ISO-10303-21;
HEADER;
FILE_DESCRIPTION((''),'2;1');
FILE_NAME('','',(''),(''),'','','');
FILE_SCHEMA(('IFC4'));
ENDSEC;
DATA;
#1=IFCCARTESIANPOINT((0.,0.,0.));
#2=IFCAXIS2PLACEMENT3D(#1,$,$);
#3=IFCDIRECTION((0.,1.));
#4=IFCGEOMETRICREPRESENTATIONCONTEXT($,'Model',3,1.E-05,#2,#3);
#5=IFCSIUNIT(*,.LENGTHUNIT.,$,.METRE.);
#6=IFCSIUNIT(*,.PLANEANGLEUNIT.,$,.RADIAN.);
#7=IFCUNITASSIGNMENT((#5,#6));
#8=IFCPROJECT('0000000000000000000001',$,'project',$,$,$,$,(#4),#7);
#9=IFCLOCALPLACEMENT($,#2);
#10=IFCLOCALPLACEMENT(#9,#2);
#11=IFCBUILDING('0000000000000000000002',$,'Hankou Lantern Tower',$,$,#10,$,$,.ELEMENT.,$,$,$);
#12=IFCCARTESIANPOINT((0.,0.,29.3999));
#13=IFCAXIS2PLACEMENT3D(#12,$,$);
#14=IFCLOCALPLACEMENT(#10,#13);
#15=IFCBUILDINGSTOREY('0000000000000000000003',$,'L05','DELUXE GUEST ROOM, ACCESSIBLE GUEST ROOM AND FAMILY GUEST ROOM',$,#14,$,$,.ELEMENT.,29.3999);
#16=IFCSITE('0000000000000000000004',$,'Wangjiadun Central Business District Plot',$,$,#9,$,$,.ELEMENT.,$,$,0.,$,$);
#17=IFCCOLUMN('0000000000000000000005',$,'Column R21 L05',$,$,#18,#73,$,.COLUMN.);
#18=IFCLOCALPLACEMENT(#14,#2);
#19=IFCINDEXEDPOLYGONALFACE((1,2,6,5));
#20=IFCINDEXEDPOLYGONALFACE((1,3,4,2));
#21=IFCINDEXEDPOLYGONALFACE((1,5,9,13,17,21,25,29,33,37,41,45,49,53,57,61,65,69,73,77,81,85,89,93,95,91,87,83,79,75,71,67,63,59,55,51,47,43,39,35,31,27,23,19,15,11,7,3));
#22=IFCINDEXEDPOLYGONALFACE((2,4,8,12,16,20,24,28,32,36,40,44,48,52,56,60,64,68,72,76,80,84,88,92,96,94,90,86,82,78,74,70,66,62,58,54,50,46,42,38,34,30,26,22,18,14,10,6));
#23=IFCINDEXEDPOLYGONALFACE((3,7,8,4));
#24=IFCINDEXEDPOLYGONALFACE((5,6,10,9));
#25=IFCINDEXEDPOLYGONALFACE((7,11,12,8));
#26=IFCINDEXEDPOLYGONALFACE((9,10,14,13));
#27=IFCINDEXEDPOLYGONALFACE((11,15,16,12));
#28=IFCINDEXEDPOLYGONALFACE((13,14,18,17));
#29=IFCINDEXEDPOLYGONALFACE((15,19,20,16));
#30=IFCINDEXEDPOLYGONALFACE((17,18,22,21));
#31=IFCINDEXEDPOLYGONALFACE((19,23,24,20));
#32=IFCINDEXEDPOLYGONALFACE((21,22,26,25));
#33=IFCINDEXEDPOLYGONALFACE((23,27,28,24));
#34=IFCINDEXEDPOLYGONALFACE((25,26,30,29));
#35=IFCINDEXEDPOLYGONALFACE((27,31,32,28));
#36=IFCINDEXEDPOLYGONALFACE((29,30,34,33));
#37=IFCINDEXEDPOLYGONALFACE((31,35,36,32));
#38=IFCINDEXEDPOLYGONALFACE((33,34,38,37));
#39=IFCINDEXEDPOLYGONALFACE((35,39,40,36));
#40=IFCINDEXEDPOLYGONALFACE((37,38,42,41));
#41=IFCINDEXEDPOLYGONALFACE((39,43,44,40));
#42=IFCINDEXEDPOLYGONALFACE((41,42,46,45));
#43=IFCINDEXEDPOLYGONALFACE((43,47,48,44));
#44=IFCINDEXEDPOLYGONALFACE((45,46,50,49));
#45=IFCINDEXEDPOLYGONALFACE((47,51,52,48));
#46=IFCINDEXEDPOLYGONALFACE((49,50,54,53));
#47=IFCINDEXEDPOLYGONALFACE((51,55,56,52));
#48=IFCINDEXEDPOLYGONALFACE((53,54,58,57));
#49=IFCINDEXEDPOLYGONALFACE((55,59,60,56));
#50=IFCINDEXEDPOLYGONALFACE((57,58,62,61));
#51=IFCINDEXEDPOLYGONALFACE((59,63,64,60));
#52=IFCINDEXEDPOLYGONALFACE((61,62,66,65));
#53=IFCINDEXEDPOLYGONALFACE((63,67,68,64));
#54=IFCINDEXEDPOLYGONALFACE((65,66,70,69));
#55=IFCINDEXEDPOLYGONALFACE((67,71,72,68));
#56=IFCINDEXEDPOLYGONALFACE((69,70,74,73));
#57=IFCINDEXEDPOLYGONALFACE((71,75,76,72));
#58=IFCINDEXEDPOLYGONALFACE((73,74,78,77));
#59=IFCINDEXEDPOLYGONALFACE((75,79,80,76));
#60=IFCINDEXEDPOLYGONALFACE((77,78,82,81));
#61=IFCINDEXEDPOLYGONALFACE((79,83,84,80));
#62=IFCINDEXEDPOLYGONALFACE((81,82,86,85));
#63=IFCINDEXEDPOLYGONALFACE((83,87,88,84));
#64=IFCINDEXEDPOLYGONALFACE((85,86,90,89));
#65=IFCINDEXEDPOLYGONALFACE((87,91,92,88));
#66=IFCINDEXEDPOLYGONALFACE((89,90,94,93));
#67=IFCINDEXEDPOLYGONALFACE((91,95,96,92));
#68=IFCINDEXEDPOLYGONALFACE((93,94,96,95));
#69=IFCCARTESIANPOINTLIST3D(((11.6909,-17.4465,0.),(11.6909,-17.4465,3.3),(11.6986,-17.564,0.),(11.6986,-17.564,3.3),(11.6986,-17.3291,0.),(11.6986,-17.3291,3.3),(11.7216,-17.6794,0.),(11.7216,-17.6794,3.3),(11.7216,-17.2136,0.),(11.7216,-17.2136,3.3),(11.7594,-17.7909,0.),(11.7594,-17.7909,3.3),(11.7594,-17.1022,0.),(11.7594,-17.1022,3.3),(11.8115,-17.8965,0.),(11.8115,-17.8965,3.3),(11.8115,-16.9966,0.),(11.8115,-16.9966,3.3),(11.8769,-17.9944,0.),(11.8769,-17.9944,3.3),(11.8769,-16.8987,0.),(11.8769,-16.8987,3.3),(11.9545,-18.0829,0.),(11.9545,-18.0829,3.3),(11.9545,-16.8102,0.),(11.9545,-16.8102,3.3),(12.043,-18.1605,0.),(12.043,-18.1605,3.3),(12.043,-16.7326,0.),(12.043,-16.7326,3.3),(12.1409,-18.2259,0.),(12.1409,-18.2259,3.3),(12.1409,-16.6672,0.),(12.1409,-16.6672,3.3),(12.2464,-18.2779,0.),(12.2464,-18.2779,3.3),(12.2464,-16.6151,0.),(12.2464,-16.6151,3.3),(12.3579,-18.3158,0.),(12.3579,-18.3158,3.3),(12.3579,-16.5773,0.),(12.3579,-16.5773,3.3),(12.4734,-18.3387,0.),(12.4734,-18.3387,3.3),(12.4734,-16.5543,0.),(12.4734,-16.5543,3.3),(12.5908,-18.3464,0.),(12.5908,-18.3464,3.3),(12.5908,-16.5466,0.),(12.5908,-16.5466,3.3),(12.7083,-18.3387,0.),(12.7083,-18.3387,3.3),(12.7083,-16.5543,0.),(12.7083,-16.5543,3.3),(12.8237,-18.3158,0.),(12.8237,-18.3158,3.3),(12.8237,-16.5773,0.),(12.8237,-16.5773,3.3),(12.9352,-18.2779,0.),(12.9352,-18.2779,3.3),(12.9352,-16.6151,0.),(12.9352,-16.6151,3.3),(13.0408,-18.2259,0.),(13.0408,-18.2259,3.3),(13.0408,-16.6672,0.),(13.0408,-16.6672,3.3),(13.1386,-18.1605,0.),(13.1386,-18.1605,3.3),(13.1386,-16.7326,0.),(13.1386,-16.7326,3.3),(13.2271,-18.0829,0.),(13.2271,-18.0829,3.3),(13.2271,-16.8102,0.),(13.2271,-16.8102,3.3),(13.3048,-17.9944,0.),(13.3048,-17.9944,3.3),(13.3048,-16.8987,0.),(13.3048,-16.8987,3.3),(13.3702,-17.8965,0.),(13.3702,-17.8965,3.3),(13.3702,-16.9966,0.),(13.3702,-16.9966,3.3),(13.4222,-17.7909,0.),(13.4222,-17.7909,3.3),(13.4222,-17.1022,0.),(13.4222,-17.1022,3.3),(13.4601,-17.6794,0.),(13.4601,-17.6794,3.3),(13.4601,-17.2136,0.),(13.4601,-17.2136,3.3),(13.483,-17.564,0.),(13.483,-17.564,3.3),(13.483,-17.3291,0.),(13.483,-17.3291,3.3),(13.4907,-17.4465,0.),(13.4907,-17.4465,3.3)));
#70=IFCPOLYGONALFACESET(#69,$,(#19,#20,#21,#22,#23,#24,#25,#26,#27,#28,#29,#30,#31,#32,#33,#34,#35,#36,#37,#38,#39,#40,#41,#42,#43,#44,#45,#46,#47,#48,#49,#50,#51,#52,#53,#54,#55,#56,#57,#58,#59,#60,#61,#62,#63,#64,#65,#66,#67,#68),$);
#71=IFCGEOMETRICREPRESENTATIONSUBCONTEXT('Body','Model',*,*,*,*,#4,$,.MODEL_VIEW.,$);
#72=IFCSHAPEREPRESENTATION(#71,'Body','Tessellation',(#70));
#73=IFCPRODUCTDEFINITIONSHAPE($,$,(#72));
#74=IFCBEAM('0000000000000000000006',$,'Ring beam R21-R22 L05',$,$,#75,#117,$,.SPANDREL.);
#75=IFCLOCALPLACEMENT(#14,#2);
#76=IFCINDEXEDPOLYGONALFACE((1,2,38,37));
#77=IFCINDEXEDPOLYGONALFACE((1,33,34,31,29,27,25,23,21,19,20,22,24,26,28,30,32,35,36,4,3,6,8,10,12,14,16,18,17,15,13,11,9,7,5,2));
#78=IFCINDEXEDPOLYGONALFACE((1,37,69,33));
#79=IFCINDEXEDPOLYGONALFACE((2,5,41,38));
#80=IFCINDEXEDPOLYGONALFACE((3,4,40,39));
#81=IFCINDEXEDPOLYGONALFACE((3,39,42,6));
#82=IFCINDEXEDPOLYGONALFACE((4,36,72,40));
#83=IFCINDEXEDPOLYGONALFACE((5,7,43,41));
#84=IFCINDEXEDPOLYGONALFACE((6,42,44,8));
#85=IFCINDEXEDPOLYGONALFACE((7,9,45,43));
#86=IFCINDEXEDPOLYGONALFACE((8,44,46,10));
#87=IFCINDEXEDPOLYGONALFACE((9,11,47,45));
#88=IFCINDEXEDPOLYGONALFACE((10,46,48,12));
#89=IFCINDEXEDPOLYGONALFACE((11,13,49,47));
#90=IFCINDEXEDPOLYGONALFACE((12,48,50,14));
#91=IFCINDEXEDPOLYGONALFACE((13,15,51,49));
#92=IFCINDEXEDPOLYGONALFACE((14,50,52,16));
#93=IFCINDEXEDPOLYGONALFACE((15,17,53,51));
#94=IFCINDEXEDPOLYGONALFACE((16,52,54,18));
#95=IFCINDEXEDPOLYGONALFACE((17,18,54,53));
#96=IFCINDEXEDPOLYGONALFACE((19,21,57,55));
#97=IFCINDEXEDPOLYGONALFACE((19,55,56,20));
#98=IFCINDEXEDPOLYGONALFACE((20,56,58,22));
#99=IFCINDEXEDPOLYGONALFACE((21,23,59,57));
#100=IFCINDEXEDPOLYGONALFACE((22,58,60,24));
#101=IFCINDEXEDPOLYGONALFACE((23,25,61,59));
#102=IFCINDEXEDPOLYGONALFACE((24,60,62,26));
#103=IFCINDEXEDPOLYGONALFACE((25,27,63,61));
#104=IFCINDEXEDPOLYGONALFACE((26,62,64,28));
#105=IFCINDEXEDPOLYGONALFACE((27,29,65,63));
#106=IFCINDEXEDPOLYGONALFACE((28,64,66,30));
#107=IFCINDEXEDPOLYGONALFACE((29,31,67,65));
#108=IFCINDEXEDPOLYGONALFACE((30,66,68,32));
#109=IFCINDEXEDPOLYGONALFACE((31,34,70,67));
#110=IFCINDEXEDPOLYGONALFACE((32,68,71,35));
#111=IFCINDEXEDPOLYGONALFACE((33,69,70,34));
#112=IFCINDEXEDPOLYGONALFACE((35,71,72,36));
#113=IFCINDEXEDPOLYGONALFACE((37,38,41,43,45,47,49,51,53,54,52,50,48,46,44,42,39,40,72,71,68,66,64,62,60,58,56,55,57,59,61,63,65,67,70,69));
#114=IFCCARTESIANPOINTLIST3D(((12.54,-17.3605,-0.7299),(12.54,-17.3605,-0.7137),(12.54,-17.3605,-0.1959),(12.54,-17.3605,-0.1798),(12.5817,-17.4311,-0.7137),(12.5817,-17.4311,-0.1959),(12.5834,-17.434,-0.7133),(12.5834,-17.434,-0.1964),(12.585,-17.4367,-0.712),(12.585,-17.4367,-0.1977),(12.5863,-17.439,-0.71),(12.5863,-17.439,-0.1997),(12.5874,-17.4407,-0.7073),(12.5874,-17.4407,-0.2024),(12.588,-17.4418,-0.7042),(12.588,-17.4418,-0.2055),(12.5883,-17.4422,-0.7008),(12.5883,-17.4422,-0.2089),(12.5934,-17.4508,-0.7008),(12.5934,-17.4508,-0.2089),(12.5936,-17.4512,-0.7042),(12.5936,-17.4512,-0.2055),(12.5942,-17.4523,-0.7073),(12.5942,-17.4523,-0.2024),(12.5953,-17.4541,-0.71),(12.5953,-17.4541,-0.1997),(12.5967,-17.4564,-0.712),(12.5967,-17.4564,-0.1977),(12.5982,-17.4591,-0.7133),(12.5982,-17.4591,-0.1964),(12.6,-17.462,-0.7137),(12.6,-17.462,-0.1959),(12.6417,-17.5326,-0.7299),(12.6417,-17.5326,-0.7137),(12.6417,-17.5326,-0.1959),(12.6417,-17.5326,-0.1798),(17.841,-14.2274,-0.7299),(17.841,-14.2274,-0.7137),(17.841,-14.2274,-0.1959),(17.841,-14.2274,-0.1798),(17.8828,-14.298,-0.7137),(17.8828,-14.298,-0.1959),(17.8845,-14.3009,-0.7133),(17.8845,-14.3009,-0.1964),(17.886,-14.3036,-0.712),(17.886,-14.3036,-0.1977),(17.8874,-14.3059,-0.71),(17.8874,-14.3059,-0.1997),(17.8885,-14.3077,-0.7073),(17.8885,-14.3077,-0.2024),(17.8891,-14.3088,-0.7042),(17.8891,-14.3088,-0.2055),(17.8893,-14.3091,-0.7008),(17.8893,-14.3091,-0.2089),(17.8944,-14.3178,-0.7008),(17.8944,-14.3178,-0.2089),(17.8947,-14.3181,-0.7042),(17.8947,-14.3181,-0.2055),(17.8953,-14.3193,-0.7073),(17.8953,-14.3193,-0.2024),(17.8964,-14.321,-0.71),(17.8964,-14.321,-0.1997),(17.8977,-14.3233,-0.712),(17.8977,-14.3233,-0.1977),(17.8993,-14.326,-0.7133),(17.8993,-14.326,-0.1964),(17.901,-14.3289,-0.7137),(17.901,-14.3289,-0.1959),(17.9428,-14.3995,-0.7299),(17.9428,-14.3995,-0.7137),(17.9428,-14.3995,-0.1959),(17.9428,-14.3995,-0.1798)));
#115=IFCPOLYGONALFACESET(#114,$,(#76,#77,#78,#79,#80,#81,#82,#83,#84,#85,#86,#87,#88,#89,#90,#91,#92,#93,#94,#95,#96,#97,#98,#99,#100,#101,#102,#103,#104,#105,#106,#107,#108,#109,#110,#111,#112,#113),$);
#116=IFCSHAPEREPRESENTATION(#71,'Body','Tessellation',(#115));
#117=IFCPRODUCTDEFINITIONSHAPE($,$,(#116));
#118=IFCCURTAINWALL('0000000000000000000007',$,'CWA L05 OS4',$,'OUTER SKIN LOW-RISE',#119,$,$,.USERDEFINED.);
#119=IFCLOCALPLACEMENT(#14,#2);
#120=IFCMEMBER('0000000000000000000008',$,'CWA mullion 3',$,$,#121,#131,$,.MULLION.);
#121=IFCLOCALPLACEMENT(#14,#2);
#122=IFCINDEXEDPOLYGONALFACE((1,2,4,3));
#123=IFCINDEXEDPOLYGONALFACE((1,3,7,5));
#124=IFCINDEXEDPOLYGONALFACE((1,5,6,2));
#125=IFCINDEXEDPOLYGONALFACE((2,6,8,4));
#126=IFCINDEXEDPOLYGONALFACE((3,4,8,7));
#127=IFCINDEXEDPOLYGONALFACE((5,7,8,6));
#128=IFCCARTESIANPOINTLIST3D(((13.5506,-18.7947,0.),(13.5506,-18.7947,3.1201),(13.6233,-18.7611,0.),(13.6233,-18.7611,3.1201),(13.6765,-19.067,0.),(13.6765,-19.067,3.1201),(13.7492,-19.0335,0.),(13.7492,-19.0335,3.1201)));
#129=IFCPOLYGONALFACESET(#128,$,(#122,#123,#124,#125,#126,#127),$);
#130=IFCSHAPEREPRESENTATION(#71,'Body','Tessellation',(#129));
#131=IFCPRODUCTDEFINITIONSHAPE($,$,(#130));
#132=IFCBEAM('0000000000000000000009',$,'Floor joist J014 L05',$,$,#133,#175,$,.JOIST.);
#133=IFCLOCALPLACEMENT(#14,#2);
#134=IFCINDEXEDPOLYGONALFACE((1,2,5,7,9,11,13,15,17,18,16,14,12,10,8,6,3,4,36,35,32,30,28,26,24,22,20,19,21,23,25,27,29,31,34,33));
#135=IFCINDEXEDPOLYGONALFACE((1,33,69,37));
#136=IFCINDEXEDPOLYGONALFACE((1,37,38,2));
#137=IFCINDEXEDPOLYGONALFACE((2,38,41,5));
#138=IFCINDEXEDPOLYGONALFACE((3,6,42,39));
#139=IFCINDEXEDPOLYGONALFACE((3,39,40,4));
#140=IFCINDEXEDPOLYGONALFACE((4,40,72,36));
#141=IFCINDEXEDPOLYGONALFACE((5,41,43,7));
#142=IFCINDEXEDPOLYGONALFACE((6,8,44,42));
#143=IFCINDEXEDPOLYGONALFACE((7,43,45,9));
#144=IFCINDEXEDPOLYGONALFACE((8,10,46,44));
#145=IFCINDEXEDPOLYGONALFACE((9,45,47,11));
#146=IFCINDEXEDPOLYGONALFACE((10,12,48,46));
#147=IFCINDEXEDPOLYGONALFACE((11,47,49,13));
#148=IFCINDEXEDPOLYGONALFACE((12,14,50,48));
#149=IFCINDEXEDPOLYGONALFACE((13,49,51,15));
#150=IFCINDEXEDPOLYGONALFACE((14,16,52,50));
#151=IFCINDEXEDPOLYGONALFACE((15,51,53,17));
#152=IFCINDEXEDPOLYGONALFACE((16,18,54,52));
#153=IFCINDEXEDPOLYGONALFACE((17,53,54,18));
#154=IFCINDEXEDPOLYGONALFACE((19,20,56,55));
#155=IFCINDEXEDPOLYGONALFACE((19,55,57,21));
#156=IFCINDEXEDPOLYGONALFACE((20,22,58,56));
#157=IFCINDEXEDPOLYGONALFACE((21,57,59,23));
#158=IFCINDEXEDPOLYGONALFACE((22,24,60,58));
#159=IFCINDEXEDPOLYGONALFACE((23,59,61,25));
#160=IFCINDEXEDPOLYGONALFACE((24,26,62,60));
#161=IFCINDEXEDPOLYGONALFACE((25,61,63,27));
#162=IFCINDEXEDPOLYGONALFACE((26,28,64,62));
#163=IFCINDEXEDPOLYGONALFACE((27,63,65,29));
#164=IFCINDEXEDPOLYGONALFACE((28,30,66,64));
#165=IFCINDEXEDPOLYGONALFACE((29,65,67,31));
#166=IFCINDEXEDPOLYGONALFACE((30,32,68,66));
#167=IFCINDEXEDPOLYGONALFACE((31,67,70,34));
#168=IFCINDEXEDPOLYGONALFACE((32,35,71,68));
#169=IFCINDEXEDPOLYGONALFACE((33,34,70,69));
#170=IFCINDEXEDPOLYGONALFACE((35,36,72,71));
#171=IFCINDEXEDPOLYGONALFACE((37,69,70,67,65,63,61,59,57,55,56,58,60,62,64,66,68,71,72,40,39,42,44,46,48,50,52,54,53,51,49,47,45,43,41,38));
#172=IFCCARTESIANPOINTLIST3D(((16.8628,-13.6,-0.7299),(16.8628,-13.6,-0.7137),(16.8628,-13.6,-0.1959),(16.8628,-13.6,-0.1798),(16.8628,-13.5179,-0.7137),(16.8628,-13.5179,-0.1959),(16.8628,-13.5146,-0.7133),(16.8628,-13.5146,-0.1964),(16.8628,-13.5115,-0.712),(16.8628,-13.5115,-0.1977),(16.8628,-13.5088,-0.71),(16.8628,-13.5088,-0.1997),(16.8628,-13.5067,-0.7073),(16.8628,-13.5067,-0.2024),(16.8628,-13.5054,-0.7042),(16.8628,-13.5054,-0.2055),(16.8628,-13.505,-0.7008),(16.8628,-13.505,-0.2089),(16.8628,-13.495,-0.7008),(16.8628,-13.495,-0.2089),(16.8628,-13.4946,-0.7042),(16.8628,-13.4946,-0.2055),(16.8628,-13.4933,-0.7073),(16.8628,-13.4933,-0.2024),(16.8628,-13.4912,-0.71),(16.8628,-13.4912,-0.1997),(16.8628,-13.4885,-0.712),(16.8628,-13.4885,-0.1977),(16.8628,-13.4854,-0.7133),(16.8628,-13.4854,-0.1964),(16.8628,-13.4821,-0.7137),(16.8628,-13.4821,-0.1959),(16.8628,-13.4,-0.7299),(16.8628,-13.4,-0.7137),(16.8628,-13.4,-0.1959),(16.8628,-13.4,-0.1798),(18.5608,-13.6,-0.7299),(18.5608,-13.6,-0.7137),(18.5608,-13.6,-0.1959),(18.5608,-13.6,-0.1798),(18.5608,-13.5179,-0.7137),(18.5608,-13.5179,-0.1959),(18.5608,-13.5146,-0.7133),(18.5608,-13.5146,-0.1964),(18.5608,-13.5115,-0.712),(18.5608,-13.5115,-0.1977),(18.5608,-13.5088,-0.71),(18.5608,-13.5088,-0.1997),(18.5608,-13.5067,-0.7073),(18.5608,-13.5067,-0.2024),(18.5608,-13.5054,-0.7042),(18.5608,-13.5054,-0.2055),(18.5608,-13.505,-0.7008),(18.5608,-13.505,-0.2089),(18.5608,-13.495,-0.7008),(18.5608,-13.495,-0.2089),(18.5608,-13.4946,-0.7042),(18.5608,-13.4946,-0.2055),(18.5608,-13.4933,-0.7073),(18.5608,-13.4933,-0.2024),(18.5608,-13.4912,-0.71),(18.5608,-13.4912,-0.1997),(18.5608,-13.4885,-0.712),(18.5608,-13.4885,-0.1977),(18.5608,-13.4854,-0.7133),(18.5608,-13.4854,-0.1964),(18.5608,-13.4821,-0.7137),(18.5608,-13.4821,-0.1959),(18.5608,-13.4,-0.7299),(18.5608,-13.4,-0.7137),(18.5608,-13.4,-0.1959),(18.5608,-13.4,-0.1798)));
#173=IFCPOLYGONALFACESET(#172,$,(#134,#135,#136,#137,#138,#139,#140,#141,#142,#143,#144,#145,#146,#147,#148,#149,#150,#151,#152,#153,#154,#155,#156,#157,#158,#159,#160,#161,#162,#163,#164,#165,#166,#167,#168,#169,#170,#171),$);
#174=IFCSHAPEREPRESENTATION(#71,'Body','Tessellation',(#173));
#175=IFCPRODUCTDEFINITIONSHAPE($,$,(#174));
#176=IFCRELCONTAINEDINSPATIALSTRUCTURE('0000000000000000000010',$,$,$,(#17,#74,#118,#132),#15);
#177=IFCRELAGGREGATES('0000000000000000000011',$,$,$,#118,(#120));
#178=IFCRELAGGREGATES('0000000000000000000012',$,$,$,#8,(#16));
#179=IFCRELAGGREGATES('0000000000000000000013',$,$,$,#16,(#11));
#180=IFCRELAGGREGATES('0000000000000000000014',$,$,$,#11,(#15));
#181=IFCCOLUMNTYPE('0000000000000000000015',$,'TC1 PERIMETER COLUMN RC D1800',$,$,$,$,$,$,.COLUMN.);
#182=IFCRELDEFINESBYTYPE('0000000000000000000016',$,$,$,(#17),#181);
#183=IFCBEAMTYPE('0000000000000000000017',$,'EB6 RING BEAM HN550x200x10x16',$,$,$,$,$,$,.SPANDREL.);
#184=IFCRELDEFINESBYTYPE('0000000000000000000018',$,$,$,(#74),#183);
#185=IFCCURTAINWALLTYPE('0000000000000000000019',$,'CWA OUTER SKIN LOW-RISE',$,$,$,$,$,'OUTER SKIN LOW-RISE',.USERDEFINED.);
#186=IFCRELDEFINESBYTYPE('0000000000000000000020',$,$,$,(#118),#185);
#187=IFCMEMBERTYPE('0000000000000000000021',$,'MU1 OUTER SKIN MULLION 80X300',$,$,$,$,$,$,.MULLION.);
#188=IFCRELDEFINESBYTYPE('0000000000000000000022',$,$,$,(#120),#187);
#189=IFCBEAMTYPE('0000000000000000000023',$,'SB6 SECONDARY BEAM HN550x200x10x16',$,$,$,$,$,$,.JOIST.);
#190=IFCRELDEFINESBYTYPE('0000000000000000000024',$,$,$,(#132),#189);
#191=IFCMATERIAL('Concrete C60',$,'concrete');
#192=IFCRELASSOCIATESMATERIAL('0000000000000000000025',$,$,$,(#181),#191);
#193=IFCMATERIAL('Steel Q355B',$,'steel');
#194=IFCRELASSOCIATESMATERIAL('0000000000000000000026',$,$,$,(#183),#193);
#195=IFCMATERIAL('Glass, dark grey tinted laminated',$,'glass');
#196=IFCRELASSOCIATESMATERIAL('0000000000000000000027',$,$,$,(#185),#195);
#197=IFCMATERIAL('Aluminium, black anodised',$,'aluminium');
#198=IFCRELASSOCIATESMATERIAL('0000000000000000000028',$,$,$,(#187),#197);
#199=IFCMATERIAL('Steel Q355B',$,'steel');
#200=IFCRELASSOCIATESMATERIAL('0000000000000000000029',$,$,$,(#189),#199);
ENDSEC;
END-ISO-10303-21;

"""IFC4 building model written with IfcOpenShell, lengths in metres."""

from ifc_helpers import new_model, si_unit, direction, frame, origin, origin_2d, place, context, subcontext, project, spatial, rectangle, circle, i_section, extrude, material, material_profile, profile_set, type_object, element, aggregate, save


model = new_model("IFC4")

# Units and contexts
model_context = context("Model", 3, precision=1e-05, world=origin(), true_north=direction((0.0, 1.0)))
body_context = subcontext(model_context, "Body", "Model", "MODEL_VIEW")
ifc_project = project(units=[si_unit("LENGTHUNIT", "METRE"), si_unit("PLANEANGLEUNIT", "RADIAN")], contexts=[model_context])

# Site, building, storey
site_placement = place(None, origin())
site = spatial("IfcSite", under=ifc_project, at=site_placement, Name="Wangjiadun Central Business District Plot", CompositionType="ELEMENT", RefElevation=0.0)
building_placement = place(site_placement, origin())
building = spatial("IfcBuilding", under=site, at=building_placement, Name="Hankou Lantern Tower", CompositionType="ELEMENT")
storey_placement = place(building_placement, frame((0.0, 0.0, 29.3999)))
storey = spatial("IfcBuildingStorey", under=building, at=storey_placement, Name="L05", Description="DELUXE GUEST ROOM, ACCESSIBLE GUEST ROOM AND FAMILY GUEST ROOM", CompositionType="ELEMENT", Elevation=29.3999)

# Column
ifc_material_1 = material(Name="Concrete C60", Category="concrete")
ifc_material_profile_1 = material_profile(ifc_material_1, circle(Radius=0.8999, at=origin_2d()), Name="RC D1800")
ifc_profile_set_1 = profile_set([ifc_material_profile_1], Name="Concrete C60")
column_type = type_object("IfcColumnType", Name="TC1 PERIMETER COLUMN RC D1800", PredefinedType="COLUMN", material=ifc_profile_set_1)
column_placement = place(storey_placement, frame((12.5908, -17.4465, 0.0), z_axis=(0.0, 0.0, 1.0), x_axis=(1.0, 0.0, 0.0)))
element("IfcColumn", 1, at=column_placement, inside=storey, type_object=column_type, Name="Column R21 L05", PredefinedType="COLUMN", context=body_context, shape_type="SweptSolid", body=[
    extrude(circle(Radius=0.8999, at=origin_2d()), origin(), (0.0, 0.0, 1.0), 3.3),
])

# Beam
ifc_material_2 = material(Name="Steel Q355B", Category="steel")
ifc_material_profile_2 = material_profile(ifc_material_2, i_section(OverallWidth=0.2, OverallDepth=0.55, WebThickness=0.01, FlangeThickness=0.0161, FilletRadius=0.0129, at=origin_2d()), Name="HN550x200x10x16")
ifc_profile_set_2 = profile_set([ifc_material_profile_2], Name="Steel Q355B")
beam_type_1 = type_object("IfcBeamType", Name="EB6 RING BEAM HN550x200x10x16", PredefinedType="SPANDREL", material=ifc_profile_set_2)
beam_1_placement = place(storey_placement, frame((12.5908, -17.4465, -0.4548), z_axis=(0.860882, 0.508805, 0.0), x_axis=(-0.508805, 0.860882, 0.0)))
element("IfcBeam", 2, at=beam_1_placement, inside=storey, type_object=beam_type_1, Name="Ring beam R21-R22 L05", PredefinedType="SPANDREL", context=body_context, shape_type="SweptSolid", body=[
    extrude(i_section(OverallWidth=0.2, OverallDepth=0.55, WebThickness=0.01, FlangeThickness=0.0161, FilletRadius=0.0129, at=origin_2d()), origin(), (0.0, 0.0, 1.0), 6.1577),
])

# Curtain wall, member
ifc_material_3 = material(Name="Glass, dark grey tinted laminated", Category="glass")
curtain_wall_type = type_object("IfcCurtainWallType", Name="CWA OUTER SKIN LOW-RISE", ElementType="OUTER SKIN LOW-RISE", PredefinedType="USERDEFINED", material=ifc_material_3)
curtain_wall_placement = place(storey_placement, origin())
curtain_wall = element("IfcCurtainWall", 3, at=curtain_wall_placement, inside=storey, type_object=curtain_wall_type, Name="CWA L05 OS4", ObjectType="OUTER SKIN LOW-RISE", PredefinedType="USERDEFINED")
ifc_material_4 = material(Name="Aluminium, black anodised", Category="aluminium")
ifc_material_profile_3 = material_profile(ifc_material_4, rectangle(XDim=0.0801, YDim=0.3, at=origin_2d()), Name="MU1 80X300")
ifc_profile_set_3 = profile_set([ifc_material_profile_3], Name="Aluminium, black anodised")
member_type_1 = type_object("IfcMemberType", Name="MU1 OUTER SKIN MULLION 80X300", PredefinedType="MULLION", material=ifc_profile_set_3)
member_1_placement = place(storey_placement, frame((13.6499, -18.9141, 0.0), z_axis=(0.0, 0.0, 1.0), x_axis=(0.907841, 0.419314, 0.0)))
member_1 = element("IfcMember", 4, at=member_1_placement, type_object=member_type_1, Name="CWA mullion 3", PredefinedType="MULLION", context=body_context, shape_type="SweptSolid", body=[
    extrude(rectangle(XDim=0.0801, YDim=0.3, at=origin_2d()), origin(), (0.0, 0.0, 1.0), 3.1201),
])

# Beam
ifc_material_5 = material(Name="Steel Q355B", Category="steel")
ifc_material_profile_4 = material_profile(ifc_material_5, i_section(OverallWidth=0.2, OverallDepth=0.55, WebThickness=0.01, FlangeThickness=0.0161, FilletRadius=0.0129, at=origin_2d()), Name="HN550x200x10x16")
ifc_profile_set_4 = profile_set([ifc_material_profile_4], Name="Steel Q355B")
beam_type_2 = type_object("IfcBeamType", Name="SB6 SECONDARY BEAM HN550x200x10x16", PredefinedType="JOIST", material=ifc_profile_set_4)
beam_2_placement = place(storey_placement, frame((16.8628, -13.5, -0.4548), z_axis=(1.0, 0.0, 0.0), x_axis=(0.0, 1.0, 0.0)))
element("IfcBeam", 5, at=beam_2_placement, inside=storey, type_object=beam_type_2, Name="Floor joist J014 L05", PredefinedType="JOIST", context=body_context, shape_type="SweptSolid", body=[
    extrude(i_section(OverallWidth=0.2, OverallDepth=0.55, WebThickness=0.01, FlangeThickness=0.0161, FilletRadius=0.0129, at=origin_2d()), origin(), (0.0, 0.0, 1.0), 1.698),
])

aggregate(curtain_wall, [member_1])

save(model, "model.ifc")
